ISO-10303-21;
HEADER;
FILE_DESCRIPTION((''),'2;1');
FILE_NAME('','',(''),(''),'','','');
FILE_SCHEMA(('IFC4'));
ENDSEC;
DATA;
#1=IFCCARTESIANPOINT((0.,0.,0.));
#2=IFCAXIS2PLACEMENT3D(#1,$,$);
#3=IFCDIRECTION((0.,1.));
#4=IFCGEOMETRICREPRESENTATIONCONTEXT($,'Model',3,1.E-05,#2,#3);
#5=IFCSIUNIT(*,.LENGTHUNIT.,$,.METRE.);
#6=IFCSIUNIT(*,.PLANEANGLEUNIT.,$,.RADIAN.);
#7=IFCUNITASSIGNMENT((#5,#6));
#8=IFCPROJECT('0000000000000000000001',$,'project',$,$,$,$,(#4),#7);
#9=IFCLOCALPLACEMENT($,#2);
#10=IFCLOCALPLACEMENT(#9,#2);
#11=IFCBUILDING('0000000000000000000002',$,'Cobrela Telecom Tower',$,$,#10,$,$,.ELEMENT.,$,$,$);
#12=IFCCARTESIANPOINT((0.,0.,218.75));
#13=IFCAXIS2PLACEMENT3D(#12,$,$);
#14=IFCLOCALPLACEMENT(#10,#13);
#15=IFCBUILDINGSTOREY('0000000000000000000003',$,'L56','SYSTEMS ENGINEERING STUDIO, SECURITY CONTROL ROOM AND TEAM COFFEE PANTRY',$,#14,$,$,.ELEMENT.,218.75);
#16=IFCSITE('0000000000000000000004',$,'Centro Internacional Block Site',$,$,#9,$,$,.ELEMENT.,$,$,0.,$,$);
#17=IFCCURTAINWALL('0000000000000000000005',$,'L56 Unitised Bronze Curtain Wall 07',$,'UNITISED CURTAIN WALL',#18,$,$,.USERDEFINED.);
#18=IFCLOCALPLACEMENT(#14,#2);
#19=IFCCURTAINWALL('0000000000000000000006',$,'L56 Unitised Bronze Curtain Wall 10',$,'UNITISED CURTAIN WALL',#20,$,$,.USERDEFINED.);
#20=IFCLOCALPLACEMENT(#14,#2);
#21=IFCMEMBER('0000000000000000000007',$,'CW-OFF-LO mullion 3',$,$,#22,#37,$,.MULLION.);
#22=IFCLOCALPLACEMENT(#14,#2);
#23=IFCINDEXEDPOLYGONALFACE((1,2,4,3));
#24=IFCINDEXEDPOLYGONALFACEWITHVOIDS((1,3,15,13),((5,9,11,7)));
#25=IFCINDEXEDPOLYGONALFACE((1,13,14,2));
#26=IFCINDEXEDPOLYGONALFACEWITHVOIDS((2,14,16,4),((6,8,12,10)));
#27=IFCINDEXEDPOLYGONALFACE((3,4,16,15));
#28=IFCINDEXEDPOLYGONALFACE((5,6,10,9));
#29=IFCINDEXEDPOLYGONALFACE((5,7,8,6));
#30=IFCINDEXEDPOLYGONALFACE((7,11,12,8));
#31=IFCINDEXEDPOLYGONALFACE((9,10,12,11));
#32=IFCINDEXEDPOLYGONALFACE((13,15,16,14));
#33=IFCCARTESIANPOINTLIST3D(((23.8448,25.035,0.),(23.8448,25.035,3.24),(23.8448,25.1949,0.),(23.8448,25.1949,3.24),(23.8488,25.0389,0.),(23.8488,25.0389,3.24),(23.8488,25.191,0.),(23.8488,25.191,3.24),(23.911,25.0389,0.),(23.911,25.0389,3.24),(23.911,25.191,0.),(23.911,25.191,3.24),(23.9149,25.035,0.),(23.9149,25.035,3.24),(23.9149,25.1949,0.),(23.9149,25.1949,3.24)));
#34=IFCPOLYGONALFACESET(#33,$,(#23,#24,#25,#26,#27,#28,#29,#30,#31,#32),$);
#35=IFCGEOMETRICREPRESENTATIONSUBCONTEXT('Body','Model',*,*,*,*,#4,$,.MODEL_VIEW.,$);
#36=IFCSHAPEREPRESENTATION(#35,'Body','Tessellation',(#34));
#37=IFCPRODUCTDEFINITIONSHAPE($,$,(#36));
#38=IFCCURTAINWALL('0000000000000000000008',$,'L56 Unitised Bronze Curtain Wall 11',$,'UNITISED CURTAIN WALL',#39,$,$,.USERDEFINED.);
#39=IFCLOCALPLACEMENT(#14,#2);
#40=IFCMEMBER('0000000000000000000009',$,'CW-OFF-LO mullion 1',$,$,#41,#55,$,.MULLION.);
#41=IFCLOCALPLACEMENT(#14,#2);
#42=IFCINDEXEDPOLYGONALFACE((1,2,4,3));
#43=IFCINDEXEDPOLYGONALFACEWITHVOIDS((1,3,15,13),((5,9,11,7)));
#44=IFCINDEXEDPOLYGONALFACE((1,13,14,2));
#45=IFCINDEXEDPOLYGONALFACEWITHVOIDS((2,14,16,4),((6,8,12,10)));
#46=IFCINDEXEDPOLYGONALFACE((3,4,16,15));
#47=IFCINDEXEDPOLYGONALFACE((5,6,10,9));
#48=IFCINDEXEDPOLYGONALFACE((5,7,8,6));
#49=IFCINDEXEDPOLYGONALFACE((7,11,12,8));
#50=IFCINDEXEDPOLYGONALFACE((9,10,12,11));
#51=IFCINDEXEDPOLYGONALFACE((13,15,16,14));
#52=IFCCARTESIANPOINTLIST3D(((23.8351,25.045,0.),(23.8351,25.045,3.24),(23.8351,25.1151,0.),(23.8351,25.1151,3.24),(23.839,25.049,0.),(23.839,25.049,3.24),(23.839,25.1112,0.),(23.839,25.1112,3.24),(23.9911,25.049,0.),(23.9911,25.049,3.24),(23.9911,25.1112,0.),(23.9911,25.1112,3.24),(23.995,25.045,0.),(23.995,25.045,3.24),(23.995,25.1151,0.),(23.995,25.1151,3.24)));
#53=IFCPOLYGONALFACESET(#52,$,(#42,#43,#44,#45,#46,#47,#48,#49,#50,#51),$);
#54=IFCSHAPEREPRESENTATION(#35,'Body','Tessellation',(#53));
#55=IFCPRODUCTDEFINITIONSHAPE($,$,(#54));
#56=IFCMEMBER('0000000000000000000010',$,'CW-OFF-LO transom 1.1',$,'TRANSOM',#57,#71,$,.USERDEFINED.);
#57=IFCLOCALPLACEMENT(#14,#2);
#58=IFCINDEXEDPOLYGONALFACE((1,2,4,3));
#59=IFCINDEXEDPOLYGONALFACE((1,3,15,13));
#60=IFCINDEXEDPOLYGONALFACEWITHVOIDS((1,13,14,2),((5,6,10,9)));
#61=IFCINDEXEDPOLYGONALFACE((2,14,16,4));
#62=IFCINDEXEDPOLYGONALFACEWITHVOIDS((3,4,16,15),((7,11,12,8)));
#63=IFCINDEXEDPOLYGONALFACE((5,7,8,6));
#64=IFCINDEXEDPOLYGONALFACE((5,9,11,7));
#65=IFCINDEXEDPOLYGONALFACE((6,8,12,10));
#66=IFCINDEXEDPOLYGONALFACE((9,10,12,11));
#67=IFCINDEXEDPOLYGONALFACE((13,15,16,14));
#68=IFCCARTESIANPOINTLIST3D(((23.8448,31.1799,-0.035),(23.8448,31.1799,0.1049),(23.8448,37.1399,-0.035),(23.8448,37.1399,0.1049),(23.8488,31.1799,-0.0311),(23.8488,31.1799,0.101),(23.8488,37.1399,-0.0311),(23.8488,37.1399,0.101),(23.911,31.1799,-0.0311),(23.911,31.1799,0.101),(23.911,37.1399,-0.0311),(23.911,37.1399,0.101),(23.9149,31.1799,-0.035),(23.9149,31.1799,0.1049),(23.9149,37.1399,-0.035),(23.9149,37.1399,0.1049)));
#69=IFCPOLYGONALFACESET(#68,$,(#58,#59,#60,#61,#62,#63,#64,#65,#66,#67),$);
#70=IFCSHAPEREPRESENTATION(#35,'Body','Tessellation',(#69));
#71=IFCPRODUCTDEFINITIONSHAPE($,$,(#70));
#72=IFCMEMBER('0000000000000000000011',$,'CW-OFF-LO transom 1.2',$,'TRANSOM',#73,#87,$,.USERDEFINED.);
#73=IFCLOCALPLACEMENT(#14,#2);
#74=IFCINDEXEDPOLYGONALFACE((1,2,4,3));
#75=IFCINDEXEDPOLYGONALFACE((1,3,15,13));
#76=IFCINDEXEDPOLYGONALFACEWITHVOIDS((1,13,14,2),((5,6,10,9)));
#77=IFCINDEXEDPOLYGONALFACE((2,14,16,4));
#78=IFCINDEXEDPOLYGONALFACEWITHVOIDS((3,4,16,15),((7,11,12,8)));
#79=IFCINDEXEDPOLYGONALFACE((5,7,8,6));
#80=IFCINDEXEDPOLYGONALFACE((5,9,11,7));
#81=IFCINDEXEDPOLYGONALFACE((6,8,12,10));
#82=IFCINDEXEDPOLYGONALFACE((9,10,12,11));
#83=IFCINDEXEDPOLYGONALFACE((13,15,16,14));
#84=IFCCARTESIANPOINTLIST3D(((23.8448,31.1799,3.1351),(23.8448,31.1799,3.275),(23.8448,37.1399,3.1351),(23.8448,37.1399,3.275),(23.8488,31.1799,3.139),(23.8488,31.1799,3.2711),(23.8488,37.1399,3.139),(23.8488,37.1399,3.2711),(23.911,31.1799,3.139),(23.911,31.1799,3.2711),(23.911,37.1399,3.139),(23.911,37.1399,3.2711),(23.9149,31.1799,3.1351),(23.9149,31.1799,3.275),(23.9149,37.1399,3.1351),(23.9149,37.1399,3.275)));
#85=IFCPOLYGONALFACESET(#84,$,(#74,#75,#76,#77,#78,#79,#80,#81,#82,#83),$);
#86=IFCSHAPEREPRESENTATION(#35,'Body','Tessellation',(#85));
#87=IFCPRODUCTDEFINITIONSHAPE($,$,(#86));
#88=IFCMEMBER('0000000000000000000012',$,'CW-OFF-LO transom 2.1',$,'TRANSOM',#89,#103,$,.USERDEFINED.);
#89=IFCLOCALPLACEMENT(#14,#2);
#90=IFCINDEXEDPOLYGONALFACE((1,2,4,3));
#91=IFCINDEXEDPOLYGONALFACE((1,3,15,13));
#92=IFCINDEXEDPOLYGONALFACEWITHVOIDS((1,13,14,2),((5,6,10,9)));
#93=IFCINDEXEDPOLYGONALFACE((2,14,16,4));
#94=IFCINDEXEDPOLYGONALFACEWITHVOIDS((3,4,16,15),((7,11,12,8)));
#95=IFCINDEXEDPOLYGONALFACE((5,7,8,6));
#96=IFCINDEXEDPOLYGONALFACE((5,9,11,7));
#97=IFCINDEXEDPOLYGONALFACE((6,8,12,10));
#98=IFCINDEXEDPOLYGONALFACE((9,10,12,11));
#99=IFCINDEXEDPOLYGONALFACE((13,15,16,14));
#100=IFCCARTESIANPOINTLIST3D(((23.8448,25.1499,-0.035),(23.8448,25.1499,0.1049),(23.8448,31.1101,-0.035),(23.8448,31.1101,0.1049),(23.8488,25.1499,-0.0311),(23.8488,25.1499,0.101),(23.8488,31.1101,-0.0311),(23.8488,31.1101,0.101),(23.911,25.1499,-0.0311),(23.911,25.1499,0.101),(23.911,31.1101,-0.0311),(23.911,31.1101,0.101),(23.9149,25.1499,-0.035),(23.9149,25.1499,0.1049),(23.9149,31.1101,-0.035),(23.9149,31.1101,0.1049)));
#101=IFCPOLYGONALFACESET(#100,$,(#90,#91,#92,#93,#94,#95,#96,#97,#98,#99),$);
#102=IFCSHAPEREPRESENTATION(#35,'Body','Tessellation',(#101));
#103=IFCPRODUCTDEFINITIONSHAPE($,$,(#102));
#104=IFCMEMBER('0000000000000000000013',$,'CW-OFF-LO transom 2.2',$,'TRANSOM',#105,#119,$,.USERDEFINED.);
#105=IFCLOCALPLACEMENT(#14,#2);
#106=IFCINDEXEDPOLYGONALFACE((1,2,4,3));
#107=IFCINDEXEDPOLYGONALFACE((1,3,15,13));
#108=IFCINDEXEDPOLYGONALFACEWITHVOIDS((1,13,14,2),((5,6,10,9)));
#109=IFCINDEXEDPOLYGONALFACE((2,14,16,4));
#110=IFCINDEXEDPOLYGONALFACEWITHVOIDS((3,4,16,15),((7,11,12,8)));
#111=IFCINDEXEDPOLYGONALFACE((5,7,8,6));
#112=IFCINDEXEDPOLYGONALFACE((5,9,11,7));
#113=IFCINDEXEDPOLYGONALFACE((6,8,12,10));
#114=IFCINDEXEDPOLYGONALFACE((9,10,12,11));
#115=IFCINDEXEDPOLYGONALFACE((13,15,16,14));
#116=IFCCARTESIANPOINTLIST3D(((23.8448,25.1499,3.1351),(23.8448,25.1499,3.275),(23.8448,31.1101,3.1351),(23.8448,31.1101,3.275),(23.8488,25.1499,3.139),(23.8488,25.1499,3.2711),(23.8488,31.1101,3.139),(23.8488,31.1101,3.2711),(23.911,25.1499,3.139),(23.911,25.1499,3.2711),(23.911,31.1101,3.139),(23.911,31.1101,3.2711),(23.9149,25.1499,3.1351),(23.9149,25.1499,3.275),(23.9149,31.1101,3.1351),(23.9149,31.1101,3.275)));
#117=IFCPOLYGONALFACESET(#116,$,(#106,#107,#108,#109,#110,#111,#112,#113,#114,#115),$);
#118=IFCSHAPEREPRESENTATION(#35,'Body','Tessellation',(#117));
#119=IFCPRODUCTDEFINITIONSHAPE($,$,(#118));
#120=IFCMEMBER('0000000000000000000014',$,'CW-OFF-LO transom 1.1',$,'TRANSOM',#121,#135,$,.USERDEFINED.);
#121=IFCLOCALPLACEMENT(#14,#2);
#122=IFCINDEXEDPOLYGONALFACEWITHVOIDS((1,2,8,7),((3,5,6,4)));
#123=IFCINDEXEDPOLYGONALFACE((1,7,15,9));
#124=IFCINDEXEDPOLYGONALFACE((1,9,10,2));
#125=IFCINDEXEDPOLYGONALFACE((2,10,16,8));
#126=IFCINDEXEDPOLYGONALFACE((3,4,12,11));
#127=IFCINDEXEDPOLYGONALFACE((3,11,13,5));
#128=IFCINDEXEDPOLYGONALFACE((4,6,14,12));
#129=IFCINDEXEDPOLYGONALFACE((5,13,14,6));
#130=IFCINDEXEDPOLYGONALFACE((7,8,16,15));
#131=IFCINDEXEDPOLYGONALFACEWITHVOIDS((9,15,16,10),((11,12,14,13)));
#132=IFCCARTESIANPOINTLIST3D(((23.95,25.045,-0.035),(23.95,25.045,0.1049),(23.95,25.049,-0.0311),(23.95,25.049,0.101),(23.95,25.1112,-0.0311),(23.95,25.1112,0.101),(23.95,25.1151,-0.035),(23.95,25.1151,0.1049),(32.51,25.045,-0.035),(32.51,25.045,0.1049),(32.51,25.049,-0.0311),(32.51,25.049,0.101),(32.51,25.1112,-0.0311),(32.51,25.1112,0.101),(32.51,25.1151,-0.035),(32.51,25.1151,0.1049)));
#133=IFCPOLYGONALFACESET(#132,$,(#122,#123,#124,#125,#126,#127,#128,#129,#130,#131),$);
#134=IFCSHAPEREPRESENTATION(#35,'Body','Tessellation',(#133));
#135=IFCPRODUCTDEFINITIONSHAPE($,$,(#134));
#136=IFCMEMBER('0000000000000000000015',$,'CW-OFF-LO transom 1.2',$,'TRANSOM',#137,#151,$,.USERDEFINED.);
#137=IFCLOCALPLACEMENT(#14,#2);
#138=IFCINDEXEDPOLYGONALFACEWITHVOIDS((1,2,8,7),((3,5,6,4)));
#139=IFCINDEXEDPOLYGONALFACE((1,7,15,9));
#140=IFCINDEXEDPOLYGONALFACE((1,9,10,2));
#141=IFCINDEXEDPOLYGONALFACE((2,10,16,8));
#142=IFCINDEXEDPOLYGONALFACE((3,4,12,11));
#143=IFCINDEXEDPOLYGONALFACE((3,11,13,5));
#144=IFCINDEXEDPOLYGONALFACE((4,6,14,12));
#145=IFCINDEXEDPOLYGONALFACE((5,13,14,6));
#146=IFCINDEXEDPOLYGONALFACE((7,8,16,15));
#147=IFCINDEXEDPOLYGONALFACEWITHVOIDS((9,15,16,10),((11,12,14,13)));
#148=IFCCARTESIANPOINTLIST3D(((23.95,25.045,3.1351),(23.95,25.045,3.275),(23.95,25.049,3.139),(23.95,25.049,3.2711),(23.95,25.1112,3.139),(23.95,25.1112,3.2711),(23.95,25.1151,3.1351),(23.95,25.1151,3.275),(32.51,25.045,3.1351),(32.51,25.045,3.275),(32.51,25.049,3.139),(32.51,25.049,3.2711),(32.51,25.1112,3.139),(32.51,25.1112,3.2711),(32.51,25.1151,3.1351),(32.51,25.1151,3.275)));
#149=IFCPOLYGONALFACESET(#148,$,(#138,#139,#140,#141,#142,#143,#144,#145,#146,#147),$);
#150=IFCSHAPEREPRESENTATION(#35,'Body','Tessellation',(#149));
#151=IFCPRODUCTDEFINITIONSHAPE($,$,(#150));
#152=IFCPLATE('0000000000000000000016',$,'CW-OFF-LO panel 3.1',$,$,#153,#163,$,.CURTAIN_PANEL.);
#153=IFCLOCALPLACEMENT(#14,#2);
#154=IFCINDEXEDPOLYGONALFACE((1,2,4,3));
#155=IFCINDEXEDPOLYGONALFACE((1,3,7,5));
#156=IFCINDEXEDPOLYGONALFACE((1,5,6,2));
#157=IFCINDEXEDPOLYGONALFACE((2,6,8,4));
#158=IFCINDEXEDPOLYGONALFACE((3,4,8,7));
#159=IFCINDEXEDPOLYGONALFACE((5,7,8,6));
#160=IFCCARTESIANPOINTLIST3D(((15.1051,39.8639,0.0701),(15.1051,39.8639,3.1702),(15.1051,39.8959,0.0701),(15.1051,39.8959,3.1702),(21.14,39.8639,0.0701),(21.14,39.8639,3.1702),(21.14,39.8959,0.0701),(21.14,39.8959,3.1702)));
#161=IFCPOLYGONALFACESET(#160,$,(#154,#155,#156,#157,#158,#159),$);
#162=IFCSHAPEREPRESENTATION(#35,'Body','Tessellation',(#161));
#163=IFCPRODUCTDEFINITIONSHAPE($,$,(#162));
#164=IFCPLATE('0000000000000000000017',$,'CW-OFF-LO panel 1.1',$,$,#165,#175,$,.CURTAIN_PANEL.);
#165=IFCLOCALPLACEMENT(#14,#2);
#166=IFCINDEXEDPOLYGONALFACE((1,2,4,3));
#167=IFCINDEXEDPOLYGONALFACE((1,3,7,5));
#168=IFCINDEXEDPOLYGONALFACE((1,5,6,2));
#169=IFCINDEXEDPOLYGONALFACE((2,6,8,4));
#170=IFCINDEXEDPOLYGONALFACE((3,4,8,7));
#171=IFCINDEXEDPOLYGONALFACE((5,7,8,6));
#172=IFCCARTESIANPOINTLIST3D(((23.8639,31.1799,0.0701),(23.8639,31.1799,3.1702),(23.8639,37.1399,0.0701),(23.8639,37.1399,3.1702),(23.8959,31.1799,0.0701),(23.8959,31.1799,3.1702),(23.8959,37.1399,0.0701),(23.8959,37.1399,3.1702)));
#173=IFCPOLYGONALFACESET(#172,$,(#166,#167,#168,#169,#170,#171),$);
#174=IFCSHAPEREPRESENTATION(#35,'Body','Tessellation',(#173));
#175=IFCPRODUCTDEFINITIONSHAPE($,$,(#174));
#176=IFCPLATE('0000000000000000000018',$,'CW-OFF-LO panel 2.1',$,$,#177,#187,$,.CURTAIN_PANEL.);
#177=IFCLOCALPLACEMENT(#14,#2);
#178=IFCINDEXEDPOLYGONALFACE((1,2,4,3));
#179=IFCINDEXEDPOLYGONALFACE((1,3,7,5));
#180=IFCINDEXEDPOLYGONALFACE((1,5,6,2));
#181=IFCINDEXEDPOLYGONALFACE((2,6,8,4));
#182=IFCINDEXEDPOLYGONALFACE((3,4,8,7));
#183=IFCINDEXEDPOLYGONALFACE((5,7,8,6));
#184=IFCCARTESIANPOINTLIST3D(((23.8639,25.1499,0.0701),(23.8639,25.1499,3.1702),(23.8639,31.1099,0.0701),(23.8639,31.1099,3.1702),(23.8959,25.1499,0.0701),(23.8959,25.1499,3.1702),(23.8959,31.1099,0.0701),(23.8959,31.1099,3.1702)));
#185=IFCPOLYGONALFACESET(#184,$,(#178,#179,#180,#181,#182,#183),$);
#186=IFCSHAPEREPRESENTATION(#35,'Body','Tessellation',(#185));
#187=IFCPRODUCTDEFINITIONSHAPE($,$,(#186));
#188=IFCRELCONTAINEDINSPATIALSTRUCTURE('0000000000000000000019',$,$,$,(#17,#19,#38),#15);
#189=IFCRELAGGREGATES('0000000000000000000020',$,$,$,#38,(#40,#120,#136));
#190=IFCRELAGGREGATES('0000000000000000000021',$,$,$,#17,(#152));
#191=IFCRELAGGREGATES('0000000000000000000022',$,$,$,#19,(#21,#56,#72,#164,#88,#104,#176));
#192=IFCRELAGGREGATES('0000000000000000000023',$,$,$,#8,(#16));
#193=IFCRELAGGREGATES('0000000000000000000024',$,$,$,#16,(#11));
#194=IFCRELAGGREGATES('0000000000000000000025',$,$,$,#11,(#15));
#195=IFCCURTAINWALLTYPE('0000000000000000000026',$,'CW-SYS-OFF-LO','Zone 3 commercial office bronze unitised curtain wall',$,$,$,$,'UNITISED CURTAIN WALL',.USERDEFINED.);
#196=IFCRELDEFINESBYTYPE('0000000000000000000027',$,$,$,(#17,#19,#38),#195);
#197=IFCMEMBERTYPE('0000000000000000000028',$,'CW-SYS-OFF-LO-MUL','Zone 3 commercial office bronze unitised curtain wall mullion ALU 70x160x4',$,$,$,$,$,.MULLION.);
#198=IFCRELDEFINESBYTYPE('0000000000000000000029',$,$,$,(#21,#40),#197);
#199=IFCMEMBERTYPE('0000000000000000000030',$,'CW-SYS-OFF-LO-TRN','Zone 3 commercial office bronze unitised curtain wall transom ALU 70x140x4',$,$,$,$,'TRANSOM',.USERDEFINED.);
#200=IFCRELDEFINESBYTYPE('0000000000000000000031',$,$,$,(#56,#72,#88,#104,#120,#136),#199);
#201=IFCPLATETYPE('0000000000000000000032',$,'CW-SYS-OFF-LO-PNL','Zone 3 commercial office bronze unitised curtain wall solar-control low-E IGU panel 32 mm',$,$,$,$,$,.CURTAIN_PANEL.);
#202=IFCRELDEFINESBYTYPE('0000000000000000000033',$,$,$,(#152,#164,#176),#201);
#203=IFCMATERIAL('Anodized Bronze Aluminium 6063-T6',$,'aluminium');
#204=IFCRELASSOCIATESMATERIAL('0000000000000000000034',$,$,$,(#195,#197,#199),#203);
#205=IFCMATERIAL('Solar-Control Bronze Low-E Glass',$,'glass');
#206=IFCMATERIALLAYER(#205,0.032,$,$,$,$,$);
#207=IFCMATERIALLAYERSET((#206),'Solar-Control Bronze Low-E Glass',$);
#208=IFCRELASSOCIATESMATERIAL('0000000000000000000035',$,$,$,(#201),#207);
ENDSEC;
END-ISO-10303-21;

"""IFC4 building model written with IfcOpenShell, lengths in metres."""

from ifc_helpers import new_model, si_unit, direction, frame, origin, origin_2d, place, context, subcontext, project, spatial, rectangle, hollow_rectangle, extrude, material, layer, layer_set, material_profile, profile_set, type_object, element, aggregate, save


model = new_model("IFC4")

# Units and contexts
model_context = context("Model", 3, precision=1e-05, world=origin(), true_north=direction((0.0, 1.0)))
body_context = subcontext(model_context, "Body", "Model", "MODEL_VIEW")
ifc_project = project(units=[si_unit("LENGTHUNIT", "METRE"), si_unit("PLANEANGLEUNIT", "RADIAN")], contexts=[model_context])

# Site, building, storey
site_placement = place(None, origin())
site = spatial("IfcSite", under=ifc_project, at=site_placement, Name="Centro Internacional Block Site", CompositionType="ELEMENT", RefElevation=0.0)
building_placement = place(site_placement, origin())
building = spatial("IfcBuilding", under=site, at=building_placement, Name="Cobrela Telecom Tower", CompositionType="ELEMENT")
storey_placement = place(building_placement, frame((0.0, 0.0, 218.75)))
storey = spatial("IfcBuildingStorey", under=building, at=storey_placement, Name="L56", Description="SYSTEMS ENGINEERING STUDIO, SECURITY CONTROL ROOM AND TEAM COFFEE PANTRY", CompositionType="ELEMENT", Elevation=218.75)

# Curtain wall
ifc_material_1 = material(Name="Anodized Bronze Aluminium 6063-T6", Category="aluminium")
curtain_wall_type = type_object("IfcCurtainWallType", Name="CW-SYS-OFF-LO", Description="Zone 3 commercial office bronze unitised curtain wall", ElementType="UNITISED CURTAIN WALL", PredefinedType="USERDEFINED", material=ifc_material_1)
curtain_wall_1_placement = place(storey_placement, origin())
curtain_wall_1 = element("IfcCurtainWall", 1, at=curtain_wall_1_placement, inside=storey, type_object=curtain_wall_type, Name="L56 Unitised Bronze Curtain Wall 07", ObjectType="UNITISED CURTAIN WALL", PredefinedType="USERDEFINED")
ifc_material_profile_1 = material_profile(ifc_material_1, hollow_rectangle(XDim=0.0701, YDim=0.1599, WallThickness=0.0039, at=origin_2d()), Name="ALU 70x160x4")
ifc_profile_set_1 = profile_set([ifc_material_profile_1], Name="Anodized Bronze Aluminium 6063-T6")
member_type_1 = type_object("IfcMemberType", Name="CW-SYS-OFF-LO-MUL", Description="Zone 3 commercial office bronze unitised curtain wall mullion ALU 70x160x4", PredefinedType="MULLION", material=ifc_profile_set_1)

# Curtain wall, member
curtain_wall_2_placement = place(storey_placement, origin())
curtain_wall_2 = element("IfcCurtainWall", 2, at=curtain_wall_2_placement, inside=storey, type_object=curtain_wall_type, Name="L56 Unitised Bronze Curtain Wall 10", ObjectType="UNITISED CURTAIN WALL", PredefinedType="USERDEFINED")
member_1_placement = place(storey_placement, frame((23.8799, 25.115, 0.0), z_axis=(0.0, 0.0, 1.0), x_axis=(1.0, 0.0, 0.0)))
member_1 = element("IfcMember", 3, at=member_1_placement, type_object=member_type_1, Name="CW-OFF-LO mullion 3", PredefinedType="MULLION", context=body_context, shape_type="SweptSolid", body=[
    extrude(hollow_rectangle(XDim=0.0701, YDim=0.1599, WallThickness=0.0039, at=origin_2d()), origin(), (0.0, 0.0, 1.0), 3.24),
])

# Curtain wall, member
curtain_wall_3_placement = place(storey_placement, origin())
curtain_wall_3 = element("IfcCurtainWall", 4, at=curtain_wall_3_placement, inside=storey, type_object=curtain_wall_type, Name="L56 Unitised Bronze Curtain Wall 11", ObjectType="UNITISED CURTAIN WALL", PredefinedType="USERDEFINED")
member_2_placement = place(storey_placement, frame((23.915, 25.0801, 0.0), z_axis=(0.0, 0.0, 1.0), x_axis=(0.0, 1.0, 0.0)))
member_2 = element("IfcMember", 5, at=member_2_placement, type_object=member_type_1, Name="CW-OFF-LO mullion 1", PredefinedType="MULLION", context=body_context, shape_type="SweptSolid", body=[
    extrude(hollow_rectangle(XDim=0.0701, YDim=0.1599, WallThickness=0.0039, at=origin_2d()), origin(), (0.0, 0.0, 1.0), 3.24),
])

# Members
ifc_material_profile_2 = material_profile(ifc_material_1, hollow_rectangle(XDim=0.0701, YDim=0.1399, WallThickness=0.0039, at=origin_2d()), Name="ALU 70x140x4")
ifc_profile_set_2 = profile_set([ifc_material_profile_2], Name="Anodized Bronze Aluminium 6063-T6")
member_type_2 = type_object("IfcMemberType", Name="CW-SYS-OFF-LO-TRN", Description="Zone 3 commercial office bronze unitised curtain wall transom ALU 70x140x4", ElementType="TRANSOM", PredefinedType="USERDEFINED", material=ifc_profile_set_2)
member_3_placement = place(storey_placement, frame((23.8799, 37.1399, 0.0349), z_axis=(0.0, -1.0, 0.0), x_axis=(1.0, 0.0, 0.0)))
member_3 = element("IfcMember", 6, at=member_3_placement, type_object=member_type_2, Name="CW-OFF-LO transom 1.1", ObjectType="TRANSOM", PredefinedType="USERDEFINED", context=body_context, shape_type="SweptSolid", body=[
    extrude(hollow_rectangle(XDim=0.0701, YDim=0.1399, WallThickness=0.0039, at=origin_2d()), origin(), (0.0, 0.0, 1.0), 5.96),
])
member_4_placement = place(storey_placement, frame((23.8799, 37.1399, 3.2051), z_axis=(0.0, -1.0, 0.0), x_axis=(1.0, 0.0, 0.0)))
member_4 = element("IfcMember", 7, at=member_4_placement, type_object=member_type_2, Name="CW-OFF-LO transom 1.2", ObjectType="TRANSOM", PredefinedType="USERDEFINED", context=body_context, shape_type="SweptSolid", body=[
    extrude(hollow_rectangle(XDim=0.0701, YDim=0.1399, WallThickness=0.0039, at=origin_2d()), origin(), (0.0, 0.0, 1.0), 5.96),
])
member_5_placement = place(storey_placement, frame((23.8799, 31.1101, 0.0349), z_axis=(0.0, -1.0, 0.0), x_axis=(1.0, 0.0, 0.0)))
member_5 = element("IfcMember", 8, at=member_5_placement, type_object=member_type_2, Name="CW-OFF-LO transom 2.1", ObjectType="TRANSOM", PredefinedType="USERDEFINED", context=body_context, shape_type="SweptSolid", body=[
    extrude(hollow_rectangle(XDim=0.0701, YDim=0.1399, WallThickness=0.0039, at=origin_2d()), origin(), (0.0, 0.0, 1.0), 5.9602),
])
member_6_placement = place(storey_placement, frame((23.8799, 31.1101, 3.2051), z_axis=(0.0, -1.0, 0.0), x_axis=(1.0, 0.0, 0.0)))
member_6 = element("IfcMember", 9, at=member_6_placement, type_object=member_type_2, Name="CW-OFF-LO transom 2.2", ObjectType="TRANSOM", PredefinedType="USERDEFINED", context=body_context, shape_type="SweptSolid", body=[
    extrude(hollow_rectangle(XDim=0.0701, YDim=0.1399, WallThickness=0.0039, at=origin_2d()), origin(), (0.0, 0.0, 1.0), 5.9602),
])
member_7_placement = place(storey_placement, frame((23.95, 25.0801, 0.0349), z_axis=(1.0, 0.0, 0.0), x_axis=(0.0, 1.0, 0.0)))
member_7 = element("IfcMember", 10, at=member_7_placement, type_object=member_type_2, Name="CW-OFF-LO transom 1.1", ObjectType="TRANSOM", PredefinedType="USERDEFINED", context=body_context, shape_type="SweptSolid", body=[
    extrude(hollow_rectangle(XDim=0.0701, YDim=0.1399, WallThickness=0.0039, at=origin_2d()), origin(), (0.0, 0.0, 1.0), 8.5601),
])
member_8_placement = place(storey_placement, frame((23.95, 25.0801, 3.2051), z_axis=(1.0, 0.0, 0.0), x_axis=(0.0, 1.0, 0.0)))
member_8 = element("IfcMember", 11, at=member_8_placement, type_object=member_type_2, Name="CW-OFF-LO transom 1.2", ObjectType="TRANSOM", PredefinedType="USERDEFINED", context=body_context, shape_type="SweptSolid", body=[
    extrude(hollow_rectangle(XDim=0.0701, YDim=0.1399, WallThickness=0.0039, at=origin_2d()), origin(), (0.0, 0.0, 1.0), 8.5601),
])
aggregate(curtain_wall_3, [member_2, member_7, member_8])

# Plates
ifc_material_2 = material(Name="Solar-Control Bronze Low-E Glass", Category="glass")
ifc_layer_1 = layer(ifc_material_2, 0.032)
ifc_layer_set_1 = layer_set([ifc_layer_1], Name="Solar-Control Bronze Low-E Glass")
plate_type = type_object("IfcPlateType", Name="CW-SYS-OFF-LO-PNL", Description="Zone 3 commercial office bronze unitised curtain wall solar-control low-E IGU panel 32 mm", PredefinedType="CURTAIN_PANEL", material=ifc_layer_set_1)
plate_1_placement = place(storey_placement, frame((18.1226, 39.8799, 0.0701), z_axis=(0.0, 0.0, 1.0), x_axis=(1.0, 0.0, 0.0)))
plate_1 = element("IfcPlate", 12, at=plate_1_placement, type_object=plate_type, Name="CW-OFF-LO panel 3.1", PredefinedType="CURTAIN_PANEL", context=body_context, shape_type="SweptSolid", body=[
    extrude(rectangle(XDim=6.0349, YDim=0.032, at=origin_2d()), origin(), (0.0, 0.0, 1.0), 3.1001),
])
aggregate(curtain_wall_1, [plate_1])
plate_2_placement = place(storey_placement, frame((23.8799, 34.1599, 0.0701), z_axis=(0.0, 0.0, 1.0), x_axis=(0.0, -1.0, 0.0)))
plate_2 = element("IfcPlate", 13, at=plate_2_placement, type_object=plate_type, Name="CW-OFF-LO panel 1.1", PredefinedType="CURTAIN_PANEL", context=body_context, shape_type="SweptSolid", body=[
    extrude(rectangle(XDim=5.96, YDim=0.032, at=origin_2d()), origin(), (0.0, 0.0, 1.0), 3.1001),
])
plate_3_placement = place(storey_placement, frame((23.8799, 28.1299, 0.0701), z_axis=(0.0, 0.0, 1.0), x_axis=(0.0, -1.0, 0.0)))
plate_3 = element("IfcPlate", 14, at=plate_3_placement, type_object=plate_type, Name="CW-OFF-LO panel 2.1", PredefinedType="CURTAIN_PANEL", context=body_context, shape_type="SweptSolid", body=[
    extrude(rectangle(XDim=5.96, YDim=0.032, at=origin_2d()), origin(), (0.0, 0.0, 1.0), 3.1001),
])
aggregate(curtain_wall_2, [member_1, member_3, member_4, plate_2, member_5, member_6, plate_3])

save(model, "model.ifc")
